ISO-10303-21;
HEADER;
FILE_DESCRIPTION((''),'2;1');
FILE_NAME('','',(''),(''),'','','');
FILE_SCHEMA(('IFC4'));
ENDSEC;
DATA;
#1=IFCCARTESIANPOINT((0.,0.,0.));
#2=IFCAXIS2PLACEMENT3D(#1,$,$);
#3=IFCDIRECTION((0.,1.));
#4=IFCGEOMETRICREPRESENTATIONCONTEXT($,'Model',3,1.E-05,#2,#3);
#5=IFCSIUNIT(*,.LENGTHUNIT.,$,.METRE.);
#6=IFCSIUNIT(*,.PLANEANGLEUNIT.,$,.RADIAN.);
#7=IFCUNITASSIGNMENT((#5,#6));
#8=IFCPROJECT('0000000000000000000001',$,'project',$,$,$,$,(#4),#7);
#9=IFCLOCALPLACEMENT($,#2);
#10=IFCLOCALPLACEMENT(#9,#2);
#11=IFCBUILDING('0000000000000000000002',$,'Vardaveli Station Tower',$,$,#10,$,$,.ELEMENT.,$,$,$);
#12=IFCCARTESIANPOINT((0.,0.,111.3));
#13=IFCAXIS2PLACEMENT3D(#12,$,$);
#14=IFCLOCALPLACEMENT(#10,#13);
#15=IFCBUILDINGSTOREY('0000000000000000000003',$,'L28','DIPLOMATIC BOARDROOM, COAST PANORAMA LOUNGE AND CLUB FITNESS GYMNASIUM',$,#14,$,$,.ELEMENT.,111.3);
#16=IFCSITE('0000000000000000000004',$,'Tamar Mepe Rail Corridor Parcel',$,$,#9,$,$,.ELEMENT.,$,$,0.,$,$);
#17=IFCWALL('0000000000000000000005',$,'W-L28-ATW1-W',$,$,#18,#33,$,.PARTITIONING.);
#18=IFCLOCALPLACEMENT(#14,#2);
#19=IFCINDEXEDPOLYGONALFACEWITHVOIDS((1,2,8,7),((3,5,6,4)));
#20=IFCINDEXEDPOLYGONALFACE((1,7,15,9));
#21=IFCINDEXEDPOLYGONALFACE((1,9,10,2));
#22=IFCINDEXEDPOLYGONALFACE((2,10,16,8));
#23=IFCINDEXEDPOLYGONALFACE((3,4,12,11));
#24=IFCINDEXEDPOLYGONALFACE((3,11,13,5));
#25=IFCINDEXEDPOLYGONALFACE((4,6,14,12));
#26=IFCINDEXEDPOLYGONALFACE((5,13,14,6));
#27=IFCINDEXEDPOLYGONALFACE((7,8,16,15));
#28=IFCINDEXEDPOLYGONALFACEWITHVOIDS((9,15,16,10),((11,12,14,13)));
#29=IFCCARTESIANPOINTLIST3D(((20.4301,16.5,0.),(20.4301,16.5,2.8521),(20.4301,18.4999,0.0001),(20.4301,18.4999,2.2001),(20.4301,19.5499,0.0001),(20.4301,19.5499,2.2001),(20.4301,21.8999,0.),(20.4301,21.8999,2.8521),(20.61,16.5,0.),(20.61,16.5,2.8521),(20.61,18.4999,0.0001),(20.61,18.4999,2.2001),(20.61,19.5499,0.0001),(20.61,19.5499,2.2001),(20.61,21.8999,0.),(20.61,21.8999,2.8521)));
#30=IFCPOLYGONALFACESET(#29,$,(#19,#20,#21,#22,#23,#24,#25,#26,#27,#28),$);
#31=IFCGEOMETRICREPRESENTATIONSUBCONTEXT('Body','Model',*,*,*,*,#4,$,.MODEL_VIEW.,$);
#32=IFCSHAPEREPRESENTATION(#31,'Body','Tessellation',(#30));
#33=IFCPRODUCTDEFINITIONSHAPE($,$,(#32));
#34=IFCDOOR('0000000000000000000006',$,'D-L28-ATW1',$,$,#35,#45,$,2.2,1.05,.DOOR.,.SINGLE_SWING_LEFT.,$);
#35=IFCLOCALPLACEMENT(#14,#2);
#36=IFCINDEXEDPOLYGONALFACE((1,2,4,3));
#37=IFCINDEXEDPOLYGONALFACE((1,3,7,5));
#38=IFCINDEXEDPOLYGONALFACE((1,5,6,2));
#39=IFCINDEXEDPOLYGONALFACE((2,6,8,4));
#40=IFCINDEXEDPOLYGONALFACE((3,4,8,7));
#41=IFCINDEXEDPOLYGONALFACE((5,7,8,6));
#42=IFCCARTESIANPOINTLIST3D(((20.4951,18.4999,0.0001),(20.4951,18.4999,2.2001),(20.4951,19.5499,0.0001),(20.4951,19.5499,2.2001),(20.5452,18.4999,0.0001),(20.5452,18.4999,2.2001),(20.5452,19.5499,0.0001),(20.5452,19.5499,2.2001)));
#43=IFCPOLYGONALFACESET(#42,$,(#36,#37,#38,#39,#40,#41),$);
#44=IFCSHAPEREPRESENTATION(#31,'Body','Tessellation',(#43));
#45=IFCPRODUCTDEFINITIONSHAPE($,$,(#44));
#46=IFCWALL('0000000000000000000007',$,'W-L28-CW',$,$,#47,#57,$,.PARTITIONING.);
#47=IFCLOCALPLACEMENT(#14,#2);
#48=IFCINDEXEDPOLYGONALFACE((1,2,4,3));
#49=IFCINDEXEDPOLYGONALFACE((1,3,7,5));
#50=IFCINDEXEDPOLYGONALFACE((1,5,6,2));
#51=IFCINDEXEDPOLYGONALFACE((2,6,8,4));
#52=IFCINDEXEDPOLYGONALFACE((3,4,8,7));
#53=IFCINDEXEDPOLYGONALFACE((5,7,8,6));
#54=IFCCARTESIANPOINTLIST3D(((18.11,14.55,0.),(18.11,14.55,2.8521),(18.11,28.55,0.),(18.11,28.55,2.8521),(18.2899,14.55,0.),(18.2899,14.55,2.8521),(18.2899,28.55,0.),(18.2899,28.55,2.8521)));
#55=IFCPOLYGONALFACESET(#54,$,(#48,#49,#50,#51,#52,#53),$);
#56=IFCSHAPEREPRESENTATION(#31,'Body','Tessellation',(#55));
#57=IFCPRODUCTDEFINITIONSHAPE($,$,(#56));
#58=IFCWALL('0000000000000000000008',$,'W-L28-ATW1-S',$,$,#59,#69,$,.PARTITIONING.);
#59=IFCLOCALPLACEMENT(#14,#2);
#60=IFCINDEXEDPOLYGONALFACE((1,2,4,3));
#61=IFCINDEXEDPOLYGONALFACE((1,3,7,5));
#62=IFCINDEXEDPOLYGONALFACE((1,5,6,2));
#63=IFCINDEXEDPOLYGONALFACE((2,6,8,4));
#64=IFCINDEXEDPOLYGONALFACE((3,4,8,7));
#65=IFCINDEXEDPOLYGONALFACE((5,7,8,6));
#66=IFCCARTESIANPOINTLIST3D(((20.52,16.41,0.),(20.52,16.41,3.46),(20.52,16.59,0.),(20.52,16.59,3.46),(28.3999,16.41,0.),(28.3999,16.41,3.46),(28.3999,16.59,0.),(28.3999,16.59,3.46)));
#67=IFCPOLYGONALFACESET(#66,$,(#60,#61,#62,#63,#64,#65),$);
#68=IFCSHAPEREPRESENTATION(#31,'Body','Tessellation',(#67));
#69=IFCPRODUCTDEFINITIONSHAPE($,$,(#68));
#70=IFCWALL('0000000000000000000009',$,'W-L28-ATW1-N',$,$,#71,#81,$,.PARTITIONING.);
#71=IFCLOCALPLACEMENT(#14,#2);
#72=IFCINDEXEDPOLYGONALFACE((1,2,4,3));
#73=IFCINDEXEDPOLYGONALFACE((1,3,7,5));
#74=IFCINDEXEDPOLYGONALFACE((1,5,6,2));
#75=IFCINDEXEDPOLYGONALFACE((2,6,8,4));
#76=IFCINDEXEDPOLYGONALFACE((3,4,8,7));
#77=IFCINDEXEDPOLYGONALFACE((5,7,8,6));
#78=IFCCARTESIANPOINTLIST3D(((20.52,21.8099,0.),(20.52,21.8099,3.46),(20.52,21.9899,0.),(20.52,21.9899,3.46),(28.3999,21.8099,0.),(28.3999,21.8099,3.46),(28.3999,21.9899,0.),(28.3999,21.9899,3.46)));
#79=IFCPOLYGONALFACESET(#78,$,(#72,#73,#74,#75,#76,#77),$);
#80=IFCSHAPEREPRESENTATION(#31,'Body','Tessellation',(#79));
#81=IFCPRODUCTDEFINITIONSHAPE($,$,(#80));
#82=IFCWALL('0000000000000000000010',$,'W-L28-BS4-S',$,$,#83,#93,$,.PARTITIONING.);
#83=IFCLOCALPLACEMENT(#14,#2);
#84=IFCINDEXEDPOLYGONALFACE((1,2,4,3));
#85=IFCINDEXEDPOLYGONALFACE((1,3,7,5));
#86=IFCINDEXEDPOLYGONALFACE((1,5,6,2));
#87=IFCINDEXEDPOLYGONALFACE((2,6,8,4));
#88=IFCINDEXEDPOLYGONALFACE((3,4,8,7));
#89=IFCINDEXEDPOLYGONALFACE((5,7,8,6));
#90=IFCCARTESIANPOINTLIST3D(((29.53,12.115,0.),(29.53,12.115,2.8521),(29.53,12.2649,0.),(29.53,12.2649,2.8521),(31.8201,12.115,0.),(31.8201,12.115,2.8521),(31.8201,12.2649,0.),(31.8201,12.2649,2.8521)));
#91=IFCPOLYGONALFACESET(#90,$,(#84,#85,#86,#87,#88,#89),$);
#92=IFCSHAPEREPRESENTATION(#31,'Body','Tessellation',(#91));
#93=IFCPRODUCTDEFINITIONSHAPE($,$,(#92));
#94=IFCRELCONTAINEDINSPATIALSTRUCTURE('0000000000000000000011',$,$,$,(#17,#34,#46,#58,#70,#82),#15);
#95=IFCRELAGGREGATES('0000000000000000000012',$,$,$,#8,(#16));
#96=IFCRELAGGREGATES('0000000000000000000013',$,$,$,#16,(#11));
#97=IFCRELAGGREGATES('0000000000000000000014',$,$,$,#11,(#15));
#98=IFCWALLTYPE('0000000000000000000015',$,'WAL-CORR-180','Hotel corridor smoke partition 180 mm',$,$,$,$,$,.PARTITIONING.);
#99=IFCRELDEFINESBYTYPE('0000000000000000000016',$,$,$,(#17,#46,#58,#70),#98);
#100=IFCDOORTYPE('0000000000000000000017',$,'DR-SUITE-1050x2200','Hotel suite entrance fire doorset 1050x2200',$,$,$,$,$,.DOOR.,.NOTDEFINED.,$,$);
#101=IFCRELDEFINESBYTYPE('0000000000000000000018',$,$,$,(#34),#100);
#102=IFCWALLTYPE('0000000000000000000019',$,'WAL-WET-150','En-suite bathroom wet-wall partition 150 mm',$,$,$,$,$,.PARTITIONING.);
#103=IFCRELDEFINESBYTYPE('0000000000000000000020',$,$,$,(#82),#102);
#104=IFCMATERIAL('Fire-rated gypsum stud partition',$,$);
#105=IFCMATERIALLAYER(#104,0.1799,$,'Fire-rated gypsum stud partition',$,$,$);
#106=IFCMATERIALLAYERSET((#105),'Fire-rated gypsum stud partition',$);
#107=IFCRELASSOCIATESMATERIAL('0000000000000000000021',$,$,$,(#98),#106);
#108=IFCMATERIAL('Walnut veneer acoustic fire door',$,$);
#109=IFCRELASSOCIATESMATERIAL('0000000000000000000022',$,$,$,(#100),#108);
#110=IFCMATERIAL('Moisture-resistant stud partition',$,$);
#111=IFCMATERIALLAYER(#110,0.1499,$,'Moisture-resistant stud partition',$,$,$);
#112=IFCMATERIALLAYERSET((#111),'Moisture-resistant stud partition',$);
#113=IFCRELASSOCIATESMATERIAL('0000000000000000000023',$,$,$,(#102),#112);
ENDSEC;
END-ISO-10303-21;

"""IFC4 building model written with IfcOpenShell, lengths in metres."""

from ifc_helpers import new_model, si_unit, direction, frame, frame_2d, origin, place, context, subcontext, project, spatial, rectangle, extrude, source, transform, mapped, material, layer, layer_set, type_object, element, fill, save


model = new_model("IFC4")

# Units and contexts
model_context = context("Model", 3, precision=1e-05, world=origin(), true_north=direction((0.0, 1.0)))
body_context = subcontext(model_context, "Body", "Model", "MODEL_VIEW")
ifc_project = project(units=[si_unit("LENGTHUNIT", "METRE"), si_unit("PLANEANGLEUNIT", "RADIAN")], contexts=[model_context])

# Site, building, storey
site_placement = place(None, origin())
site = spatial("IfcSite", under=ifc_project, at=site_placement, Name="Tamar Mepe Rail Corridor Parcel", CompositionType="ELEMENT", RefElevation=0.0)
building_placement = place(site_placement, origin())
building = spatial("IfcBuilding", under=site, at=building_placement, Name="Vardaveli Station Tower", CompositionType="ELEMENT")
storey_placement = place(building_placement, frame((0.0, 0.0, 111.3)))
storey = spatial("IfcBuildingStorey", under=building, at=storey_placement, Name="L28", Description="DIPLOMATIC BOARDROOM, COAST PANORAMA LOUNGE AND CLUB FITNESS GYMNASIUM", CompositionType="ELEMENT", Elevation=111.3)

# Shared definitions
ifc_material_1 = material(Name="Fire-rated gypsum stud partition")
ifc_layer_1 = layer(ifc_material_1, 0.1799, Name="Fire-rated gypsum stud partition")
ifc_layer_set_1 = layer_set([ifc_layer_1], Name="Fire-rated gypsum stud partition")
wall_type_1 = type_object("IfcWallType", Name="WAL-CORR-180", Description="Hotel corridor smoke partition 180 mm", PredefinedType="PARTITIONING", material=ifc_layer_set_1)
shared_shape_1 = source(origin(), body_context, "Body", "SweptSolid", [
    extrude(rectangle(XDim=1.05, YDim=2.2, at=frame_2d((0.5249, 1.1001))), frame((0.0, 0.1001, 0.0), z_axis=(0.0, -1.0, 0.0), x_axis=(1.0, 0.0, 0.0)), (0.0, 0.0, 1.0), 0.2),
])
ifc_material_2 = material(Name="Walnut veneer acoustic fire door")
door_type = type_object("IfcDoorType", Name="DR-SUITE-1050x2200", Description="Hotel suite entrance fire doorset 1050x2200", OperationType="NOTDEFINED", PredefinedType="DOOR", material=ifc_material_2)
shared_shape_2 = source(origin(), body_context, "Body", "SweptSolid", [
    extrude(rectangle(XDim=1.05, YDim=2.2, at=frame_2d((0.5249, 1.1001))), frame((0.0, 0.0249, 0.0), z_axis=(0.0, -1.0, 0.0), x_axis=(1.0, 0.0, 0.0)), (0.0, 0.0, 1.0), 0.05),
])

# Wall, opening, door
shared_shape_3 = source(origin(), body_context, "Body", "SweptSolid", [
    extrude(rectangle(XDim=5.3999, YDim=0.1799, at=frame_2d((2.7, 0.0))), origin(), (0.0, 0.0, 1.0), 2.8521),
])
wall_1_placement = place(storey_placement, frame((20.52, 16.5, 0.0), z_axis=(0.0, 0.0, 1.0), x_axis=(0.0, 1.0, 0.0)))
wall_1 = element("IfcWall", 1, at=wall_1_placement, inside=storey, type_object=wall_type_1, Name="W-L28-ATW1-W", PredefinedType="PARTITIONING", context=body_context, shape_type="MappedRepresentation", body=[
    mapped(shared_shape_3, transform((0.0, 0.0, 0.0), scale=1.0)),
])
opening_1_placement = place(wall_1_placement, frame((2.0, 0.0, 0.0)))
opening_1 = element("IfcOpeningElement", 2, at=opening_1_placement, cuts=wall_1, PredefinedType="OPENING", context=body_context, shape_type="MappedRepresentation", body=[
    mapped(shared_shape_1, transform((0.0, 0.0, 0.0), scale=1.0)),
])
door_1_placement = place(opening_1_placement, origin())
door_1 = element("IfcDoor", 3, at=door_1_placement, inside=storey, type_object=door_type, Name="D-L28-ATW1", OperationType="SINGLE_SWING_LEFT", OverallHeight=2.2, OverallWidth=1.05, PredefinedType="DOOR", context=body_context, shape_type="MappedRepresentation", body=[
    mapped(shared_shape_2, transform((0.0, 0.0, 0.0), scale=1.0)),
])
fill(opening_1, door_1)

# Walls
shared_shape_4 = source(origin(), body_context, "Body", "SweptSolid", [
    extrude(rectangle(XDim=14.0, YDim=0.1799, at=frame_2d((7.0, 0.0))), origin(), (0.0, 0.0, 1.0), 2.8521),
])
wall_2_placement = place(storey_placement, frame((18.2, 14.55, 0.0), z_axis=(0.0, 0.0, 1.0), x_axis=(0.0, 1.0, 0.0)))
element("IfcWall", 4, at=wall_2_placement, inside=storey, type_object=wall_type_1, Name="W-L28-CW", PredefinedType="PARTITIONING", context=body_context, shape_type="MappedRepresentation", body=[
    mapped(shared_shape_4, transform((0.0, 0.0, 0.0), scale=1.0)),
])
shared_shape_5 = source(origin(), body_context, "Body", "SweptSolid", [
    extrude(rectangle(XDim=7.8799, YDim=0.1799, at=frame_2d((3.9399, 0.0))), origin(), (0.0, 0.0, 1.0), 3.46),
])
for number, where, z_axis, x_axis, name in (
    (5, (20.52, 16.5, 0.0), (0.0, 0.0, 1.0), (1.0, 0.0, 0.0), "W-L28-ATW1-S"),
    (6, (20.52, 21.8999, 0.0), (0.0, 0.0, 1.0), (1.0, 0.0, 0.0), "W-L28-ATW1-N"),
):
    element("IfcWall", number, at=place(storey_placement, frame(where, z_axis=z_axis, x_axis=x_axis)), inside=storey, type_object=wall_type_1, Name=name, PredefinedType="PARTITIONING", context=body_context, shape_type="MappedRepresentation", body=[
        mapped(shared_shape_5, transform((0.0, 0.0, 0.0), scale=1.0)),
    ])
ifc_material_3 = material(Name="Moisture-resistant stud partition")
ifc_layer_2 = layer(ifc_material_3, 0.1499, Name="Moisture-resistant stud partition")
ifc_layer_set_2 = layer_set([ifc_layer_2], Name="Moisture-resistant stud partition")
wall_type_2 = type_object("IfcWallType", Name="WAL-WET-150", Description="En-suite bathroom wet-wall partition 150 mm", PredefinedType="PARTITIONING", material=ifc_layer_set_2)
shared_shape_6 = source(origin(), body_context, "Body", "SweptSolid", [
    extrude(rectangle(XDim=2.29, YDim=0.1499, at=frame_2d((1.145, 0.0))), origin(), (0.0, 0.0, 1.0), 2.8521),
])
wall_3_placement = place(storey_placement, frame((29.53, 12.1899, 0.0), z_axis=(0.0, 0.0, 1.0), x_axis=(1.0, 0.0, 0.0)))
element("IfcWall", 7, at=wall_3_placement, inside=storey, type_object=wall_type_2, Name="W-L28-BS4-S", PredefinedType="PARTITIONING", context=body_context, shape_type="MappedRepresentation", body=[
    mapped(shared_shape_6, transform((0.0, 0.0, 0.0), scale=1.0)),
])

save(model, "model.ifc")
